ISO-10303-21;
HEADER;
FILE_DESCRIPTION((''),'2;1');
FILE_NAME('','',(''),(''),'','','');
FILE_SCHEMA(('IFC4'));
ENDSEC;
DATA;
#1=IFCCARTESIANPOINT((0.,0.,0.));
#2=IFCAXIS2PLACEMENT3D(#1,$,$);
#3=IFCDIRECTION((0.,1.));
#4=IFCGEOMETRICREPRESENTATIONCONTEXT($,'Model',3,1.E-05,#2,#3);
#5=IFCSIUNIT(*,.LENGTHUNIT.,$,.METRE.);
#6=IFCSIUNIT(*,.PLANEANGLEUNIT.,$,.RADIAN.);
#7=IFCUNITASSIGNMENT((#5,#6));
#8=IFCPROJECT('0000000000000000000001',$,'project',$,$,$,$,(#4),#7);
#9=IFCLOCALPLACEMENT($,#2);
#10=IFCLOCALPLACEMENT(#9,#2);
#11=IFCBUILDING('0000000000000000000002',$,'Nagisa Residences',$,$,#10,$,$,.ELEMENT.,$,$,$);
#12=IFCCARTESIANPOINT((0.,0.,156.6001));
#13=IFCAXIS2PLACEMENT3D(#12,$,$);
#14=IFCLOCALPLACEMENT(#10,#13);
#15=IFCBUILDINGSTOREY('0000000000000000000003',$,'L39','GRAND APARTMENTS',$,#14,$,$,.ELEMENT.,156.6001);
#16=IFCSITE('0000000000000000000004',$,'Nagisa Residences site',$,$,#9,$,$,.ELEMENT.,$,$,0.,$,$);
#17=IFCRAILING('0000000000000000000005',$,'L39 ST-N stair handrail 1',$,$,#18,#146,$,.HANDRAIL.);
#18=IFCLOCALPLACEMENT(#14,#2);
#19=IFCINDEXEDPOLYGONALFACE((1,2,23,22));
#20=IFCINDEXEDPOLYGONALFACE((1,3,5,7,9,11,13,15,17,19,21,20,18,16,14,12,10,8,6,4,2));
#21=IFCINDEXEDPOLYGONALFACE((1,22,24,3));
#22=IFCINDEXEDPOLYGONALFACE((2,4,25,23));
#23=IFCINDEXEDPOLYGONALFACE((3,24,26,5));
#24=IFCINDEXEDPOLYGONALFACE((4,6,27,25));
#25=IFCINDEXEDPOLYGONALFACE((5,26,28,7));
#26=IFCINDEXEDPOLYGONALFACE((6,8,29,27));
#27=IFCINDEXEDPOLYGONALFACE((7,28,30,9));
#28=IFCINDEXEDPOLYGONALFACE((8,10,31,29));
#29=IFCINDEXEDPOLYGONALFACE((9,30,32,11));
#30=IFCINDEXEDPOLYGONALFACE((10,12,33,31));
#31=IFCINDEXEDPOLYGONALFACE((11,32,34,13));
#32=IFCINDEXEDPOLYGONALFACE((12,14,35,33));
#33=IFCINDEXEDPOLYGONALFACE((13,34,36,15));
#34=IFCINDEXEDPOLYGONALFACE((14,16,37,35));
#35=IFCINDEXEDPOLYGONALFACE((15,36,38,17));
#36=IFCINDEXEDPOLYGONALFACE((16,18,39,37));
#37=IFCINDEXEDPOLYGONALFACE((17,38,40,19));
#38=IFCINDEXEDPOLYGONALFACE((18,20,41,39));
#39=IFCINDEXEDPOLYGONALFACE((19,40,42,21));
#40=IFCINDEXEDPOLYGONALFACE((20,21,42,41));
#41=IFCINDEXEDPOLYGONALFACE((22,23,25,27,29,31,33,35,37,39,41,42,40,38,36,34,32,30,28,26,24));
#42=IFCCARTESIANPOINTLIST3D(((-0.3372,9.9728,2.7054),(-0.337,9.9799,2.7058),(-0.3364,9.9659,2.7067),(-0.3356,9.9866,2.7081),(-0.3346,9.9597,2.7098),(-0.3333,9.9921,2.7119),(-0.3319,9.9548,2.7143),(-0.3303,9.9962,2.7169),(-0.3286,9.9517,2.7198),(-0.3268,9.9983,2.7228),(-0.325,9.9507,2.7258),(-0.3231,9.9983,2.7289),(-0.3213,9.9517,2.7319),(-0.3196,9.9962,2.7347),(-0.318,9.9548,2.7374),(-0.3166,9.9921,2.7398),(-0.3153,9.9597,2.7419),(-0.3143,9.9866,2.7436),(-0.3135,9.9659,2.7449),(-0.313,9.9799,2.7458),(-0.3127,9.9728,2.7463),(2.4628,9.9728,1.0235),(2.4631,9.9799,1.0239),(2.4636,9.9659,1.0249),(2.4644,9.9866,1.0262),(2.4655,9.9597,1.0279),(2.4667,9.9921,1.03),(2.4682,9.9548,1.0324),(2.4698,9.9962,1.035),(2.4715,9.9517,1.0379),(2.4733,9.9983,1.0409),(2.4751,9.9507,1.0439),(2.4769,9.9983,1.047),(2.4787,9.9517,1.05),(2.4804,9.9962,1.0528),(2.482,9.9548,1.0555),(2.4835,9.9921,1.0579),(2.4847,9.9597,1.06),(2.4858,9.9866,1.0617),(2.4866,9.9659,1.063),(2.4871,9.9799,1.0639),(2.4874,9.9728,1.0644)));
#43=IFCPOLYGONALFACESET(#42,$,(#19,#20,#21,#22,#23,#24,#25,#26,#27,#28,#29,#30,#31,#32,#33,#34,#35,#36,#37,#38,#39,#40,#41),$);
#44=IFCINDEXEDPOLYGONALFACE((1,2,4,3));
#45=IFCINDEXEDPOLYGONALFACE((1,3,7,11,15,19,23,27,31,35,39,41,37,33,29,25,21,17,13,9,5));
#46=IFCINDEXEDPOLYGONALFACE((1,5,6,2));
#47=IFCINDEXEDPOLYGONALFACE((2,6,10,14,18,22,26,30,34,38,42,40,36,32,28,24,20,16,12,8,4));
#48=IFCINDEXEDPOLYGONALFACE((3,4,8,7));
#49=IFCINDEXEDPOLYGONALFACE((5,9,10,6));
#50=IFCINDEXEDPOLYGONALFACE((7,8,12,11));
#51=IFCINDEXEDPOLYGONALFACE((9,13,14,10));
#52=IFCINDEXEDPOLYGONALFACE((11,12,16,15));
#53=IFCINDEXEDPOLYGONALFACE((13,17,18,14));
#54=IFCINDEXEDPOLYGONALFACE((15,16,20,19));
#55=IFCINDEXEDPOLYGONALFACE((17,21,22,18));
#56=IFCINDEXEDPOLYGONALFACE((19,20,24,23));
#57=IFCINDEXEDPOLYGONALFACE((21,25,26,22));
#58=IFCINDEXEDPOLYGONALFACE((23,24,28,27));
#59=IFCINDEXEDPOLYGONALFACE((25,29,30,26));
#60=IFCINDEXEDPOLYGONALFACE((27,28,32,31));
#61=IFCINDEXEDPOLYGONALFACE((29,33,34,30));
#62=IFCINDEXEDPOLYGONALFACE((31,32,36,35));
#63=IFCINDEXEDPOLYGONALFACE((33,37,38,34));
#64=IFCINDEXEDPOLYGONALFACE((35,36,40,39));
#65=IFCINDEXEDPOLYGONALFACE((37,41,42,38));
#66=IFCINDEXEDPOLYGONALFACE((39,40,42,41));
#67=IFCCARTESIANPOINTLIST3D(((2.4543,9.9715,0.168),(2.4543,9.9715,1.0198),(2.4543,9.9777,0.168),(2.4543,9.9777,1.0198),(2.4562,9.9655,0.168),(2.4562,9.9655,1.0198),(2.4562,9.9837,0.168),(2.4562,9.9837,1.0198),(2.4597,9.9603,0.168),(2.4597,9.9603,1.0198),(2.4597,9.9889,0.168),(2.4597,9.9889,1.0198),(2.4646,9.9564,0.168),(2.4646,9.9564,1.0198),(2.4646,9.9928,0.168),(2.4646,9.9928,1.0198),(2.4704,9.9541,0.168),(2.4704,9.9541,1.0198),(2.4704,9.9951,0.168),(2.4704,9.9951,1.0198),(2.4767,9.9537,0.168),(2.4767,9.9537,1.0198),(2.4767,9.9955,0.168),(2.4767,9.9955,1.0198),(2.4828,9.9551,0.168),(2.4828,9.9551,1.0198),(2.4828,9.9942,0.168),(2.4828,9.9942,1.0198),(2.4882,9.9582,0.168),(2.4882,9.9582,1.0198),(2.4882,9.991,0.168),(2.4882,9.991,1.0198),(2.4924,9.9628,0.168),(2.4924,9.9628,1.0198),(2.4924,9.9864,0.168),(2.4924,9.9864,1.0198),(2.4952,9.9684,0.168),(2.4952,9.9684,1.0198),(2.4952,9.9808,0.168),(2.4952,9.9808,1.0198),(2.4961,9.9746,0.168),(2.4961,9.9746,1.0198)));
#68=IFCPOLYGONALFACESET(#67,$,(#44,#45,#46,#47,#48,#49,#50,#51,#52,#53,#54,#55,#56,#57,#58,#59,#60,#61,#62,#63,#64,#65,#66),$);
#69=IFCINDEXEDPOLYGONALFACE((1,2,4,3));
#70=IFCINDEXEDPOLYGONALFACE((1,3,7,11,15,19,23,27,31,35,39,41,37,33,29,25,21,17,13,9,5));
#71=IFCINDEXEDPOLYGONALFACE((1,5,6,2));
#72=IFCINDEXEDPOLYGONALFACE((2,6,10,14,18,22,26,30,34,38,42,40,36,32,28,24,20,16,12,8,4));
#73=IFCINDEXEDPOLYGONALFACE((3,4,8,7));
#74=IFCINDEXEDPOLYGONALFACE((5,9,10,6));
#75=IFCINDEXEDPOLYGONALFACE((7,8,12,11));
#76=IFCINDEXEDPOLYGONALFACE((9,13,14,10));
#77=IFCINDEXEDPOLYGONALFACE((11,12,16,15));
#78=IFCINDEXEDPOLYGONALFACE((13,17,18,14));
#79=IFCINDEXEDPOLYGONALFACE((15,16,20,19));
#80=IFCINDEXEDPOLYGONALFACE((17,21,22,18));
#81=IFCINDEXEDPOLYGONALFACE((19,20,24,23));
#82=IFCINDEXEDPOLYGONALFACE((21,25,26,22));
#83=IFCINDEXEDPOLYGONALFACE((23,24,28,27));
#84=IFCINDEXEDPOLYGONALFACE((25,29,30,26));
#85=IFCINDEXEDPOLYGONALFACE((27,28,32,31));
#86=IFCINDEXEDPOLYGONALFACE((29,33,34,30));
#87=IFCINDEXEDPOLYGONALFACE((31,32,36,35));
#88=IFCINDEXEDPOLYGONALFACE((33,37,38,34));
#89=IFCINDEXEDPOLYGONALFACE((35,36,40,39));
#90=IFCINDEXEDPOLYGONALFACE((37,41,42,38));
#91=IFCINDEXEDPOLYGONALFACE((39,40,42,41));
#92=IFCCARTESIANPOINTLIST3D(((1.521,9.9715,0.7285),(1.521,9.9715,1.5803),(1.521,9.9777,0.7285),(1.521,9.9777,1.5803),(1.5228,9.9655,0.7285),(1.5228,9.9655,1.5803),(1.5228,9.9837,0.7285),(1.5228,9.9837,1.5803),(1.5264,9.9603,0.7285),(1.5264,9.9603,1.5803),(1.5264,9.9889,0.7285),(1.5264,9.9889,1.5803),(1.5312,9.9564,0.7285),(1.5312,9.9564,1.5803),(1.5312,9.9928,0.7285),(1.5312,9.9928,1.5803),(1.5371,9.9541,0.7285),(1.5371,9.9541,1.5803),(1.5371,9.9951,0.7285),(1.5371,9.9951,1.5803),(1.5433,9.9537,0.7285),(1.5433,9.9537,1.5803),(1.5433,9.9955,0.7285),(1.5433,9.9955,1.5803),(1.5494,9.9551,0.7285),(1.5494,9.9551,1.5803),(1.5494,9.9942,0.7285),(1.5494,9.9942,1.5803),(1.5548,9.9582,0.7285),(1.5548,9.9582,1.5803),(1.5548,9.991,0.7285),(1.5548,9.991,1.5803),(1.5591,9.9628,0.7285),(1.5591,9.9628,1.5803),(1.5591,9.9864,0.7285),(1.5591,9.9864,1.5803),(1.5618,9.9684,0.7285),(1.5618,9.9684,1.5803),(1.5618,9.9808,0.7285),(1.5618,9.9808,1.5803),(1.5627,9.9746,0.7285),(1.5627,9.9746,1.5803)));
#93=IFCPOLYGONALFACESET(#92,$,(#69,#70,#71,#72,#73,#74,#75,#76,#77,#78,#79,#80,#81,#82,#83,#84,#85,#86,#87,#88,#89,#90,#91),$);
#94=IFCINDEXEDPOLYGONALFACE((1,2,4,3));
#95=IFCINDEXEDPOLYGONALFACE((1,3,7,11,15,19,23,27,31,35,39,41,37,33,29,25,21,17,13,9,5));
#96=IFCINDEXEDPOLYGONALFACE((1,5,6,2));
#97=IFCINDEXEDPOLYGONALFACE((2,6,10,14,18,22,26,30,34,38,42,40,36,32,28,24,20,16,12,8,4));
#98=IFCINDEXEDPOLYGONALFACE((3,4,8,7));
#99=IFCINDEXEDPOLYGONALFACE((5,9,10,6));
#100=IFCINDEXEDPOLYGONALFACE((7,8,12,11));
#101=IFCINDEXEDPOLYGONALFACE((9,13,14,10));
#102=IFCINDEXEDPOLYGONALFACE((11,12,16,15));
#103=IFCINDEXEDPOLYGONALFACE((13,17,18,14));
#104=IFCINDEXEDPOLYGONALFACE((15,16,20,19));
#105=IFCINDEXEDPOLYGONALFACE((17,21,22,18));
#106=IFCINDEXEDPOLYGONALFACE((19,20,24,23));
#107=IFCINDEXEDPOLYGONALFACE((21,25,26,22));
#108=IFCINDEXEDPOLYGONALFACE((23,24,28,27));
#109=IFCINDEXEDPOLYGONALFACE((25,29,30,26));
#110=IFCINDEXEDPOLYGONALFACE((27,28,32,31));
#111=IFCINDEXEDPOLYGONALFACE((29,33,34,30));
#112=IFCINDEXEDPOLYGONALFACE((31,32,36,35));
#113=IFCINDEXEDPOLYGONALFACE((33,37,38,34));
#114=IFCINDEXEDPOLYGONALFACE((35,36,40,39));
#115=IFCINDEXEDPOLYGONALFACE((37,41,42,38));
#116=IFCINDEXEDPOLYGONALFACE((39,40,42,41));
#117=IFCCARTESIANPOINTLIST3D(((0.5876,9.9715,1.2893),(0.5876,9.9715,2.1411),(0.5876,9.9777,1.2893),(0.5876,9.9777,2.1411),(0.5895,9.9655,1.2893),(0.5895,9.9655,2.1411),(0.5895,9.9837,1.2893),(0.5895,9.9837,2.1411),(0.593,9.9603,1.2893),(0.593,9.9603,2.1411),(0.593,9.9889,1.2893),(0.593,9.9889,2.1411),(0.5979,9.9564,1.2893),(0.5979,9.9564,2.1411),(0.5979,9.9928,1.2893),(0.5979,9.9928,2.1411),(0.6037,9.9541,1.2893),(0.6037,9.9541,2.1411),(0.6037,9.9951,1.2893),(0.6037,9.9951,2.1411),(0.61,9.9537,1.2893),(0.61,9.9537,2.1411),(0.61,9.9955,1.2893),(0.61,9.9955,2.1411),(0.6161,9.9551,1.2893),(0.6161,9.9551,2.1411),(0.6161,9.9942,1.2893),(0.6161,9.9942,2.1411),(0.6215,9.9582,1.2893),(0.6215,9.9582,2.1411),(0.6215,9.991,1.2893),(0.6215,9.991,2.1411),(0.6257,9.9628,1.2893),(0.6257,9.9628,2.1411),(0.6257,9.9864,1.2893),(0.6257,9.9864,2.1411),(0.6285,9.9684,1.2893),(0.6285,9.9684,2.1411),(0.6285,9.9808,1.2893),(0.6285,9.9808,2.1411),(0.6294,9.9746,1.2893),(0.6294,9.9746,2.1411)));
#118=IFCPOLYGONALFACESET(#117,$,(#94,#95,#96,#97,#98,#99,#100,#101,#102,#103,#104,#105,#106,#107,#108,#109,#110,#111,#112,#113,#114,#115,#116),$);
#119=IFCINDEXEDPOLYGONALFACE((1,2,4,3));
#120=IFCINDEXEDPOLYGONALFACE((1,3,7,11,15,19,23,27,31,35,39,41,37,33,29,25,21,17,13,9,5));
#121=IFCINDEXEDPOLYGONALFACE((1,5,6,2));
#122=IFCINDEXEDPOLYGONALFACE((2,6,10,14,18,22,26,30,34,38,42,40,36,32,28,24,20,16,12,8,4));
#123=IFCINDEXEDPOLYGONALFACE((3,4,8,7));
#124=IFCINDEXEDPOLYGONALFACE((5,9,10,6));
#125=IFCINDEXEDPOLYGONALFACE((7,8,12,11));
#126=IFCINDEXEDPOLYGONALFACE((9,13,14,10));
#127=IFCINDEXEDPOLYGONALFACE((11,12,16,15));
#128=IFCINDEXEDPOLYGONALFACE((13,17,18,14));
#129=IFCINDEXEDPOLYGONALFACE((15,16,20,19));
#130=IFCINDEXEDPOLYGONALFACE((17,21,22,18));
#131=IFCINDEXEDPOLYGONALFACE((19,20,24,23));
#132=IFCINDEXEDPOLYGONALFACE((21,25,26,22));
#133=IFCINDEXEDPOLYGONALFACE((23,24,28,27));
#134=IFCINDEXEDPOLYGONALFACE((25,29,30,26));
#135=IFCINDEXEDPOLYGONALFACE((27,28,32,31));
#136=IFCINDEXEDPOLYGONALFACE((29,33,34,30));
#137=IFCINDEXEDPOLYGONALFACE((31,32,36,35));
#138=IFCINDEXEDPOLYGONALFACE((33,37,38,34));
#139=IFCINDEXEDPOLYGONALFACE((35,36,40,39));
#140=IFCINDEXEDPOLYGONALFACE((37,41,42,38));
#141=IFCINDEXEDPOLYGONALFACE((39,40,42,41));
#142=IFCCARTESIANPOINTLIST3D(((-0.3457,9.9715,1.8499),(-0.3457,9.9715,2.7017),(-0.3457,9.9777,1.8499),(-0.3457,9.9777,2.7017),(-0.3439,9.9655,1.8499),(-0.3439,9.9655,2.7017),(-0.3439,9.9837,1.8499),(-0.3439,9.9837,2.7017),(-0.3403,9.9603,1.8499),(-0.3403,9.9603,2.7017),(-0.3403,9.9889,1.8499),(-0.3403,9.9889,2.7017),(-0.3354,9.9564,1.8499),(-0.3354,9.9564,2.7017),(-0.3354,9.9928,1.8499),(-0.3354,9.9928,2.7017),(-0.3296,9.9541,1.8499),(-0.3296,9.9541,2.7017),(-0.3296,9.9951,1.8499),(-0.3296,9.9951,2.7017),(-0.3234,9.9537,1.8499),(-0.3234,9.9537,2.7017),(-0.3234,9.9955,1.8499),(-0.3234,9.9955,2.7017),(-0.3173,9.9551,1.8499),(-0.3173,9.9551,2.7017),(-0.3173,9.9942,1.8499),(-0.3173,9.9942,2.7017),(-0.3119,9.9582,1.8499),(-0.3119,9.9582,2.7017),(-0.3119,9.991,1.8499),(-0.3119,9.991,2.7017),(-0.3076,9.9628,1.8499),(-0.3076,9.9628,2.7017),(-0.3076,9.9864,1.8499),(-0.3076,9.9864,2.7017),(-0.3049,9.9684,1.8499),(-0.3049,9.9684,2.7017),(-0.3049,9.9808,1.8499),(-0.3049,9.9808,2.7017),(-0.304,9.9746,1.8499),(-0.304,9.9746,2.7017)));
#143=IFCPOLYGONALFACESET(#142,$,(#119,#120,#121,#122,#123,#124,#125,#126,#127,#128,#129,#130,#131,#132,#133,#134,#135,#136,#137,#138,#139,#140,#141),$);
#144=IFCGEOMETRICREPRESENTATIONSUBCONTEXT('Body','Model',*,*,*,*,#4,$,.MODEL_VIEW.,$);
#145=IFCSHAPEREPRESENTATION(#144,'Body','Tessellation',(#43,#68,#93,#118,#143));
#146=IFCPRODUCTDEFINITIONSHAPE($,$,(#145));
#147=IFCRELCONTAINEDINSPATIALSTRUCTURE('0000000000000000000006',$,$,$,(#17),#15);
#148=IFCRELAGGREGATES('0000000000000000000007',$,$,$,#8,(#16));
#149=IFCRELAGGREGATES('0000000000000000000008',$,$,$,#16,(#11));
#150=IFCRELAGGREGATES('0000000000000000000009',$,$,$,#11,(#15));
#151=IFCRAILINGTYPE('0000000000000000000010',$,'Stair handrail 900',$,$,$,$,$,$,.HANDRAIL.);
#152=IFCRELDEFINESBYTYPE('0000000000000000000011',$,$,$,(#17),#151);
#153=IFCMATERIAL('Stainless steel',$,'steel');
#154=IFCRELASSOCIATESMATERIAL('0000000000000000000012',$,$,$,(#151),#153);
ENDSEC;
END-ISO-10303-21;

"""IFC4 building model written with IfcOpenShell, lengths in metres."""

from ifc_helpers import new_model, si_unit, direction, frame, origin, origin_2d, place, context, subcontext, project, spatial, circle, extrude, material, type_object, element, save


model = new_model("IFC4")

# Units and contexts
model_context = context("Model", 3, precision=1e-05, world=origin(), true_north=direction((0.0, 1.0)))
body_context = subcontext(model_context, "Body", "Model", "MODEL_VIEW")
ifc_project = project(units=[si_unit("LENGTHUNIT", "METRE"), si_unit("PLANEANGLEUNIT", "RADIAN")], contexts=[model_context])

# Site, building, storey
site_placement = place(None, origin())
site = spatial("IfcSite", under=ifc_project, at=site_placement, Name="Nagisa Residences site", CompositionType="ELEMENT", RefElevation=0.0)
building_placement = place(site_placement, origin())
building = spatial("IfcBuilding", under=site, at=building_placement, Name="Nagisa Residences", CompositionType="ELEMENT")
storey_placement = place(building_placement, frame((0.0, 0.0, 156.6001)))
storey = spatial("IfcBuildingStorey", under=building, at=storey_placement, Name="L39", Description="GRAND APARTMENTS", CompositionType="ELEMENT", Elevation=156.6001)

# Railing
ifc_material_1 = material(Name="Stainless steel", Category="steel")
railing_type_1 = type_object("IfcRailingType", Name="Stair handrail 900", PredefinedType="HANDRAIL", material=ifc_material_1)
railing_1_placement = place(storey_placement, frame((2.4751, 9.9746, 0.168)))
element("IfcRailing", 1, at=railing_1_placement, inside=storey, type_object=railing_type_1, Name="L39 ST-N stair handrail 1", PredefinedType="HANDRAIL", context=body_context, shape_type="SweptSolid", body=[
    extrude(circle(Radius=0.0239, at=origin_2d()), frame((0.0, 0.0, 0.876), z_axis=(-0.857242, 0.0, 0.514913), x_axis=(0.0, -1.0, 0.0)), (0.0, 0.0, 1.0), 3.2664),
    extrude(circle(Radius=0.021, at=origin_2d()), origin(), (0.0, 0.0, 1.0), 0.8518),
    extrude(circle(Radius=0.021, at=origin_2d()), frame((-0.9333, 0.0, 0.5605)), (0.0, 0.0, 1.0), 0.8518),
    extrude(circle(Radius=0.021, at=origin_2d()), frame((-1.8667, 0.0, 1.1213)), (0.0, 0.0, 1.0), 0.8518),
    extrude(circle(Radius=0.021, at=origin_2d()), frame((-2.8, 0.0, 1.6819)), (0.0, 0.0, 1.0), 0.8518),
])

save(model, "model.ifc")
